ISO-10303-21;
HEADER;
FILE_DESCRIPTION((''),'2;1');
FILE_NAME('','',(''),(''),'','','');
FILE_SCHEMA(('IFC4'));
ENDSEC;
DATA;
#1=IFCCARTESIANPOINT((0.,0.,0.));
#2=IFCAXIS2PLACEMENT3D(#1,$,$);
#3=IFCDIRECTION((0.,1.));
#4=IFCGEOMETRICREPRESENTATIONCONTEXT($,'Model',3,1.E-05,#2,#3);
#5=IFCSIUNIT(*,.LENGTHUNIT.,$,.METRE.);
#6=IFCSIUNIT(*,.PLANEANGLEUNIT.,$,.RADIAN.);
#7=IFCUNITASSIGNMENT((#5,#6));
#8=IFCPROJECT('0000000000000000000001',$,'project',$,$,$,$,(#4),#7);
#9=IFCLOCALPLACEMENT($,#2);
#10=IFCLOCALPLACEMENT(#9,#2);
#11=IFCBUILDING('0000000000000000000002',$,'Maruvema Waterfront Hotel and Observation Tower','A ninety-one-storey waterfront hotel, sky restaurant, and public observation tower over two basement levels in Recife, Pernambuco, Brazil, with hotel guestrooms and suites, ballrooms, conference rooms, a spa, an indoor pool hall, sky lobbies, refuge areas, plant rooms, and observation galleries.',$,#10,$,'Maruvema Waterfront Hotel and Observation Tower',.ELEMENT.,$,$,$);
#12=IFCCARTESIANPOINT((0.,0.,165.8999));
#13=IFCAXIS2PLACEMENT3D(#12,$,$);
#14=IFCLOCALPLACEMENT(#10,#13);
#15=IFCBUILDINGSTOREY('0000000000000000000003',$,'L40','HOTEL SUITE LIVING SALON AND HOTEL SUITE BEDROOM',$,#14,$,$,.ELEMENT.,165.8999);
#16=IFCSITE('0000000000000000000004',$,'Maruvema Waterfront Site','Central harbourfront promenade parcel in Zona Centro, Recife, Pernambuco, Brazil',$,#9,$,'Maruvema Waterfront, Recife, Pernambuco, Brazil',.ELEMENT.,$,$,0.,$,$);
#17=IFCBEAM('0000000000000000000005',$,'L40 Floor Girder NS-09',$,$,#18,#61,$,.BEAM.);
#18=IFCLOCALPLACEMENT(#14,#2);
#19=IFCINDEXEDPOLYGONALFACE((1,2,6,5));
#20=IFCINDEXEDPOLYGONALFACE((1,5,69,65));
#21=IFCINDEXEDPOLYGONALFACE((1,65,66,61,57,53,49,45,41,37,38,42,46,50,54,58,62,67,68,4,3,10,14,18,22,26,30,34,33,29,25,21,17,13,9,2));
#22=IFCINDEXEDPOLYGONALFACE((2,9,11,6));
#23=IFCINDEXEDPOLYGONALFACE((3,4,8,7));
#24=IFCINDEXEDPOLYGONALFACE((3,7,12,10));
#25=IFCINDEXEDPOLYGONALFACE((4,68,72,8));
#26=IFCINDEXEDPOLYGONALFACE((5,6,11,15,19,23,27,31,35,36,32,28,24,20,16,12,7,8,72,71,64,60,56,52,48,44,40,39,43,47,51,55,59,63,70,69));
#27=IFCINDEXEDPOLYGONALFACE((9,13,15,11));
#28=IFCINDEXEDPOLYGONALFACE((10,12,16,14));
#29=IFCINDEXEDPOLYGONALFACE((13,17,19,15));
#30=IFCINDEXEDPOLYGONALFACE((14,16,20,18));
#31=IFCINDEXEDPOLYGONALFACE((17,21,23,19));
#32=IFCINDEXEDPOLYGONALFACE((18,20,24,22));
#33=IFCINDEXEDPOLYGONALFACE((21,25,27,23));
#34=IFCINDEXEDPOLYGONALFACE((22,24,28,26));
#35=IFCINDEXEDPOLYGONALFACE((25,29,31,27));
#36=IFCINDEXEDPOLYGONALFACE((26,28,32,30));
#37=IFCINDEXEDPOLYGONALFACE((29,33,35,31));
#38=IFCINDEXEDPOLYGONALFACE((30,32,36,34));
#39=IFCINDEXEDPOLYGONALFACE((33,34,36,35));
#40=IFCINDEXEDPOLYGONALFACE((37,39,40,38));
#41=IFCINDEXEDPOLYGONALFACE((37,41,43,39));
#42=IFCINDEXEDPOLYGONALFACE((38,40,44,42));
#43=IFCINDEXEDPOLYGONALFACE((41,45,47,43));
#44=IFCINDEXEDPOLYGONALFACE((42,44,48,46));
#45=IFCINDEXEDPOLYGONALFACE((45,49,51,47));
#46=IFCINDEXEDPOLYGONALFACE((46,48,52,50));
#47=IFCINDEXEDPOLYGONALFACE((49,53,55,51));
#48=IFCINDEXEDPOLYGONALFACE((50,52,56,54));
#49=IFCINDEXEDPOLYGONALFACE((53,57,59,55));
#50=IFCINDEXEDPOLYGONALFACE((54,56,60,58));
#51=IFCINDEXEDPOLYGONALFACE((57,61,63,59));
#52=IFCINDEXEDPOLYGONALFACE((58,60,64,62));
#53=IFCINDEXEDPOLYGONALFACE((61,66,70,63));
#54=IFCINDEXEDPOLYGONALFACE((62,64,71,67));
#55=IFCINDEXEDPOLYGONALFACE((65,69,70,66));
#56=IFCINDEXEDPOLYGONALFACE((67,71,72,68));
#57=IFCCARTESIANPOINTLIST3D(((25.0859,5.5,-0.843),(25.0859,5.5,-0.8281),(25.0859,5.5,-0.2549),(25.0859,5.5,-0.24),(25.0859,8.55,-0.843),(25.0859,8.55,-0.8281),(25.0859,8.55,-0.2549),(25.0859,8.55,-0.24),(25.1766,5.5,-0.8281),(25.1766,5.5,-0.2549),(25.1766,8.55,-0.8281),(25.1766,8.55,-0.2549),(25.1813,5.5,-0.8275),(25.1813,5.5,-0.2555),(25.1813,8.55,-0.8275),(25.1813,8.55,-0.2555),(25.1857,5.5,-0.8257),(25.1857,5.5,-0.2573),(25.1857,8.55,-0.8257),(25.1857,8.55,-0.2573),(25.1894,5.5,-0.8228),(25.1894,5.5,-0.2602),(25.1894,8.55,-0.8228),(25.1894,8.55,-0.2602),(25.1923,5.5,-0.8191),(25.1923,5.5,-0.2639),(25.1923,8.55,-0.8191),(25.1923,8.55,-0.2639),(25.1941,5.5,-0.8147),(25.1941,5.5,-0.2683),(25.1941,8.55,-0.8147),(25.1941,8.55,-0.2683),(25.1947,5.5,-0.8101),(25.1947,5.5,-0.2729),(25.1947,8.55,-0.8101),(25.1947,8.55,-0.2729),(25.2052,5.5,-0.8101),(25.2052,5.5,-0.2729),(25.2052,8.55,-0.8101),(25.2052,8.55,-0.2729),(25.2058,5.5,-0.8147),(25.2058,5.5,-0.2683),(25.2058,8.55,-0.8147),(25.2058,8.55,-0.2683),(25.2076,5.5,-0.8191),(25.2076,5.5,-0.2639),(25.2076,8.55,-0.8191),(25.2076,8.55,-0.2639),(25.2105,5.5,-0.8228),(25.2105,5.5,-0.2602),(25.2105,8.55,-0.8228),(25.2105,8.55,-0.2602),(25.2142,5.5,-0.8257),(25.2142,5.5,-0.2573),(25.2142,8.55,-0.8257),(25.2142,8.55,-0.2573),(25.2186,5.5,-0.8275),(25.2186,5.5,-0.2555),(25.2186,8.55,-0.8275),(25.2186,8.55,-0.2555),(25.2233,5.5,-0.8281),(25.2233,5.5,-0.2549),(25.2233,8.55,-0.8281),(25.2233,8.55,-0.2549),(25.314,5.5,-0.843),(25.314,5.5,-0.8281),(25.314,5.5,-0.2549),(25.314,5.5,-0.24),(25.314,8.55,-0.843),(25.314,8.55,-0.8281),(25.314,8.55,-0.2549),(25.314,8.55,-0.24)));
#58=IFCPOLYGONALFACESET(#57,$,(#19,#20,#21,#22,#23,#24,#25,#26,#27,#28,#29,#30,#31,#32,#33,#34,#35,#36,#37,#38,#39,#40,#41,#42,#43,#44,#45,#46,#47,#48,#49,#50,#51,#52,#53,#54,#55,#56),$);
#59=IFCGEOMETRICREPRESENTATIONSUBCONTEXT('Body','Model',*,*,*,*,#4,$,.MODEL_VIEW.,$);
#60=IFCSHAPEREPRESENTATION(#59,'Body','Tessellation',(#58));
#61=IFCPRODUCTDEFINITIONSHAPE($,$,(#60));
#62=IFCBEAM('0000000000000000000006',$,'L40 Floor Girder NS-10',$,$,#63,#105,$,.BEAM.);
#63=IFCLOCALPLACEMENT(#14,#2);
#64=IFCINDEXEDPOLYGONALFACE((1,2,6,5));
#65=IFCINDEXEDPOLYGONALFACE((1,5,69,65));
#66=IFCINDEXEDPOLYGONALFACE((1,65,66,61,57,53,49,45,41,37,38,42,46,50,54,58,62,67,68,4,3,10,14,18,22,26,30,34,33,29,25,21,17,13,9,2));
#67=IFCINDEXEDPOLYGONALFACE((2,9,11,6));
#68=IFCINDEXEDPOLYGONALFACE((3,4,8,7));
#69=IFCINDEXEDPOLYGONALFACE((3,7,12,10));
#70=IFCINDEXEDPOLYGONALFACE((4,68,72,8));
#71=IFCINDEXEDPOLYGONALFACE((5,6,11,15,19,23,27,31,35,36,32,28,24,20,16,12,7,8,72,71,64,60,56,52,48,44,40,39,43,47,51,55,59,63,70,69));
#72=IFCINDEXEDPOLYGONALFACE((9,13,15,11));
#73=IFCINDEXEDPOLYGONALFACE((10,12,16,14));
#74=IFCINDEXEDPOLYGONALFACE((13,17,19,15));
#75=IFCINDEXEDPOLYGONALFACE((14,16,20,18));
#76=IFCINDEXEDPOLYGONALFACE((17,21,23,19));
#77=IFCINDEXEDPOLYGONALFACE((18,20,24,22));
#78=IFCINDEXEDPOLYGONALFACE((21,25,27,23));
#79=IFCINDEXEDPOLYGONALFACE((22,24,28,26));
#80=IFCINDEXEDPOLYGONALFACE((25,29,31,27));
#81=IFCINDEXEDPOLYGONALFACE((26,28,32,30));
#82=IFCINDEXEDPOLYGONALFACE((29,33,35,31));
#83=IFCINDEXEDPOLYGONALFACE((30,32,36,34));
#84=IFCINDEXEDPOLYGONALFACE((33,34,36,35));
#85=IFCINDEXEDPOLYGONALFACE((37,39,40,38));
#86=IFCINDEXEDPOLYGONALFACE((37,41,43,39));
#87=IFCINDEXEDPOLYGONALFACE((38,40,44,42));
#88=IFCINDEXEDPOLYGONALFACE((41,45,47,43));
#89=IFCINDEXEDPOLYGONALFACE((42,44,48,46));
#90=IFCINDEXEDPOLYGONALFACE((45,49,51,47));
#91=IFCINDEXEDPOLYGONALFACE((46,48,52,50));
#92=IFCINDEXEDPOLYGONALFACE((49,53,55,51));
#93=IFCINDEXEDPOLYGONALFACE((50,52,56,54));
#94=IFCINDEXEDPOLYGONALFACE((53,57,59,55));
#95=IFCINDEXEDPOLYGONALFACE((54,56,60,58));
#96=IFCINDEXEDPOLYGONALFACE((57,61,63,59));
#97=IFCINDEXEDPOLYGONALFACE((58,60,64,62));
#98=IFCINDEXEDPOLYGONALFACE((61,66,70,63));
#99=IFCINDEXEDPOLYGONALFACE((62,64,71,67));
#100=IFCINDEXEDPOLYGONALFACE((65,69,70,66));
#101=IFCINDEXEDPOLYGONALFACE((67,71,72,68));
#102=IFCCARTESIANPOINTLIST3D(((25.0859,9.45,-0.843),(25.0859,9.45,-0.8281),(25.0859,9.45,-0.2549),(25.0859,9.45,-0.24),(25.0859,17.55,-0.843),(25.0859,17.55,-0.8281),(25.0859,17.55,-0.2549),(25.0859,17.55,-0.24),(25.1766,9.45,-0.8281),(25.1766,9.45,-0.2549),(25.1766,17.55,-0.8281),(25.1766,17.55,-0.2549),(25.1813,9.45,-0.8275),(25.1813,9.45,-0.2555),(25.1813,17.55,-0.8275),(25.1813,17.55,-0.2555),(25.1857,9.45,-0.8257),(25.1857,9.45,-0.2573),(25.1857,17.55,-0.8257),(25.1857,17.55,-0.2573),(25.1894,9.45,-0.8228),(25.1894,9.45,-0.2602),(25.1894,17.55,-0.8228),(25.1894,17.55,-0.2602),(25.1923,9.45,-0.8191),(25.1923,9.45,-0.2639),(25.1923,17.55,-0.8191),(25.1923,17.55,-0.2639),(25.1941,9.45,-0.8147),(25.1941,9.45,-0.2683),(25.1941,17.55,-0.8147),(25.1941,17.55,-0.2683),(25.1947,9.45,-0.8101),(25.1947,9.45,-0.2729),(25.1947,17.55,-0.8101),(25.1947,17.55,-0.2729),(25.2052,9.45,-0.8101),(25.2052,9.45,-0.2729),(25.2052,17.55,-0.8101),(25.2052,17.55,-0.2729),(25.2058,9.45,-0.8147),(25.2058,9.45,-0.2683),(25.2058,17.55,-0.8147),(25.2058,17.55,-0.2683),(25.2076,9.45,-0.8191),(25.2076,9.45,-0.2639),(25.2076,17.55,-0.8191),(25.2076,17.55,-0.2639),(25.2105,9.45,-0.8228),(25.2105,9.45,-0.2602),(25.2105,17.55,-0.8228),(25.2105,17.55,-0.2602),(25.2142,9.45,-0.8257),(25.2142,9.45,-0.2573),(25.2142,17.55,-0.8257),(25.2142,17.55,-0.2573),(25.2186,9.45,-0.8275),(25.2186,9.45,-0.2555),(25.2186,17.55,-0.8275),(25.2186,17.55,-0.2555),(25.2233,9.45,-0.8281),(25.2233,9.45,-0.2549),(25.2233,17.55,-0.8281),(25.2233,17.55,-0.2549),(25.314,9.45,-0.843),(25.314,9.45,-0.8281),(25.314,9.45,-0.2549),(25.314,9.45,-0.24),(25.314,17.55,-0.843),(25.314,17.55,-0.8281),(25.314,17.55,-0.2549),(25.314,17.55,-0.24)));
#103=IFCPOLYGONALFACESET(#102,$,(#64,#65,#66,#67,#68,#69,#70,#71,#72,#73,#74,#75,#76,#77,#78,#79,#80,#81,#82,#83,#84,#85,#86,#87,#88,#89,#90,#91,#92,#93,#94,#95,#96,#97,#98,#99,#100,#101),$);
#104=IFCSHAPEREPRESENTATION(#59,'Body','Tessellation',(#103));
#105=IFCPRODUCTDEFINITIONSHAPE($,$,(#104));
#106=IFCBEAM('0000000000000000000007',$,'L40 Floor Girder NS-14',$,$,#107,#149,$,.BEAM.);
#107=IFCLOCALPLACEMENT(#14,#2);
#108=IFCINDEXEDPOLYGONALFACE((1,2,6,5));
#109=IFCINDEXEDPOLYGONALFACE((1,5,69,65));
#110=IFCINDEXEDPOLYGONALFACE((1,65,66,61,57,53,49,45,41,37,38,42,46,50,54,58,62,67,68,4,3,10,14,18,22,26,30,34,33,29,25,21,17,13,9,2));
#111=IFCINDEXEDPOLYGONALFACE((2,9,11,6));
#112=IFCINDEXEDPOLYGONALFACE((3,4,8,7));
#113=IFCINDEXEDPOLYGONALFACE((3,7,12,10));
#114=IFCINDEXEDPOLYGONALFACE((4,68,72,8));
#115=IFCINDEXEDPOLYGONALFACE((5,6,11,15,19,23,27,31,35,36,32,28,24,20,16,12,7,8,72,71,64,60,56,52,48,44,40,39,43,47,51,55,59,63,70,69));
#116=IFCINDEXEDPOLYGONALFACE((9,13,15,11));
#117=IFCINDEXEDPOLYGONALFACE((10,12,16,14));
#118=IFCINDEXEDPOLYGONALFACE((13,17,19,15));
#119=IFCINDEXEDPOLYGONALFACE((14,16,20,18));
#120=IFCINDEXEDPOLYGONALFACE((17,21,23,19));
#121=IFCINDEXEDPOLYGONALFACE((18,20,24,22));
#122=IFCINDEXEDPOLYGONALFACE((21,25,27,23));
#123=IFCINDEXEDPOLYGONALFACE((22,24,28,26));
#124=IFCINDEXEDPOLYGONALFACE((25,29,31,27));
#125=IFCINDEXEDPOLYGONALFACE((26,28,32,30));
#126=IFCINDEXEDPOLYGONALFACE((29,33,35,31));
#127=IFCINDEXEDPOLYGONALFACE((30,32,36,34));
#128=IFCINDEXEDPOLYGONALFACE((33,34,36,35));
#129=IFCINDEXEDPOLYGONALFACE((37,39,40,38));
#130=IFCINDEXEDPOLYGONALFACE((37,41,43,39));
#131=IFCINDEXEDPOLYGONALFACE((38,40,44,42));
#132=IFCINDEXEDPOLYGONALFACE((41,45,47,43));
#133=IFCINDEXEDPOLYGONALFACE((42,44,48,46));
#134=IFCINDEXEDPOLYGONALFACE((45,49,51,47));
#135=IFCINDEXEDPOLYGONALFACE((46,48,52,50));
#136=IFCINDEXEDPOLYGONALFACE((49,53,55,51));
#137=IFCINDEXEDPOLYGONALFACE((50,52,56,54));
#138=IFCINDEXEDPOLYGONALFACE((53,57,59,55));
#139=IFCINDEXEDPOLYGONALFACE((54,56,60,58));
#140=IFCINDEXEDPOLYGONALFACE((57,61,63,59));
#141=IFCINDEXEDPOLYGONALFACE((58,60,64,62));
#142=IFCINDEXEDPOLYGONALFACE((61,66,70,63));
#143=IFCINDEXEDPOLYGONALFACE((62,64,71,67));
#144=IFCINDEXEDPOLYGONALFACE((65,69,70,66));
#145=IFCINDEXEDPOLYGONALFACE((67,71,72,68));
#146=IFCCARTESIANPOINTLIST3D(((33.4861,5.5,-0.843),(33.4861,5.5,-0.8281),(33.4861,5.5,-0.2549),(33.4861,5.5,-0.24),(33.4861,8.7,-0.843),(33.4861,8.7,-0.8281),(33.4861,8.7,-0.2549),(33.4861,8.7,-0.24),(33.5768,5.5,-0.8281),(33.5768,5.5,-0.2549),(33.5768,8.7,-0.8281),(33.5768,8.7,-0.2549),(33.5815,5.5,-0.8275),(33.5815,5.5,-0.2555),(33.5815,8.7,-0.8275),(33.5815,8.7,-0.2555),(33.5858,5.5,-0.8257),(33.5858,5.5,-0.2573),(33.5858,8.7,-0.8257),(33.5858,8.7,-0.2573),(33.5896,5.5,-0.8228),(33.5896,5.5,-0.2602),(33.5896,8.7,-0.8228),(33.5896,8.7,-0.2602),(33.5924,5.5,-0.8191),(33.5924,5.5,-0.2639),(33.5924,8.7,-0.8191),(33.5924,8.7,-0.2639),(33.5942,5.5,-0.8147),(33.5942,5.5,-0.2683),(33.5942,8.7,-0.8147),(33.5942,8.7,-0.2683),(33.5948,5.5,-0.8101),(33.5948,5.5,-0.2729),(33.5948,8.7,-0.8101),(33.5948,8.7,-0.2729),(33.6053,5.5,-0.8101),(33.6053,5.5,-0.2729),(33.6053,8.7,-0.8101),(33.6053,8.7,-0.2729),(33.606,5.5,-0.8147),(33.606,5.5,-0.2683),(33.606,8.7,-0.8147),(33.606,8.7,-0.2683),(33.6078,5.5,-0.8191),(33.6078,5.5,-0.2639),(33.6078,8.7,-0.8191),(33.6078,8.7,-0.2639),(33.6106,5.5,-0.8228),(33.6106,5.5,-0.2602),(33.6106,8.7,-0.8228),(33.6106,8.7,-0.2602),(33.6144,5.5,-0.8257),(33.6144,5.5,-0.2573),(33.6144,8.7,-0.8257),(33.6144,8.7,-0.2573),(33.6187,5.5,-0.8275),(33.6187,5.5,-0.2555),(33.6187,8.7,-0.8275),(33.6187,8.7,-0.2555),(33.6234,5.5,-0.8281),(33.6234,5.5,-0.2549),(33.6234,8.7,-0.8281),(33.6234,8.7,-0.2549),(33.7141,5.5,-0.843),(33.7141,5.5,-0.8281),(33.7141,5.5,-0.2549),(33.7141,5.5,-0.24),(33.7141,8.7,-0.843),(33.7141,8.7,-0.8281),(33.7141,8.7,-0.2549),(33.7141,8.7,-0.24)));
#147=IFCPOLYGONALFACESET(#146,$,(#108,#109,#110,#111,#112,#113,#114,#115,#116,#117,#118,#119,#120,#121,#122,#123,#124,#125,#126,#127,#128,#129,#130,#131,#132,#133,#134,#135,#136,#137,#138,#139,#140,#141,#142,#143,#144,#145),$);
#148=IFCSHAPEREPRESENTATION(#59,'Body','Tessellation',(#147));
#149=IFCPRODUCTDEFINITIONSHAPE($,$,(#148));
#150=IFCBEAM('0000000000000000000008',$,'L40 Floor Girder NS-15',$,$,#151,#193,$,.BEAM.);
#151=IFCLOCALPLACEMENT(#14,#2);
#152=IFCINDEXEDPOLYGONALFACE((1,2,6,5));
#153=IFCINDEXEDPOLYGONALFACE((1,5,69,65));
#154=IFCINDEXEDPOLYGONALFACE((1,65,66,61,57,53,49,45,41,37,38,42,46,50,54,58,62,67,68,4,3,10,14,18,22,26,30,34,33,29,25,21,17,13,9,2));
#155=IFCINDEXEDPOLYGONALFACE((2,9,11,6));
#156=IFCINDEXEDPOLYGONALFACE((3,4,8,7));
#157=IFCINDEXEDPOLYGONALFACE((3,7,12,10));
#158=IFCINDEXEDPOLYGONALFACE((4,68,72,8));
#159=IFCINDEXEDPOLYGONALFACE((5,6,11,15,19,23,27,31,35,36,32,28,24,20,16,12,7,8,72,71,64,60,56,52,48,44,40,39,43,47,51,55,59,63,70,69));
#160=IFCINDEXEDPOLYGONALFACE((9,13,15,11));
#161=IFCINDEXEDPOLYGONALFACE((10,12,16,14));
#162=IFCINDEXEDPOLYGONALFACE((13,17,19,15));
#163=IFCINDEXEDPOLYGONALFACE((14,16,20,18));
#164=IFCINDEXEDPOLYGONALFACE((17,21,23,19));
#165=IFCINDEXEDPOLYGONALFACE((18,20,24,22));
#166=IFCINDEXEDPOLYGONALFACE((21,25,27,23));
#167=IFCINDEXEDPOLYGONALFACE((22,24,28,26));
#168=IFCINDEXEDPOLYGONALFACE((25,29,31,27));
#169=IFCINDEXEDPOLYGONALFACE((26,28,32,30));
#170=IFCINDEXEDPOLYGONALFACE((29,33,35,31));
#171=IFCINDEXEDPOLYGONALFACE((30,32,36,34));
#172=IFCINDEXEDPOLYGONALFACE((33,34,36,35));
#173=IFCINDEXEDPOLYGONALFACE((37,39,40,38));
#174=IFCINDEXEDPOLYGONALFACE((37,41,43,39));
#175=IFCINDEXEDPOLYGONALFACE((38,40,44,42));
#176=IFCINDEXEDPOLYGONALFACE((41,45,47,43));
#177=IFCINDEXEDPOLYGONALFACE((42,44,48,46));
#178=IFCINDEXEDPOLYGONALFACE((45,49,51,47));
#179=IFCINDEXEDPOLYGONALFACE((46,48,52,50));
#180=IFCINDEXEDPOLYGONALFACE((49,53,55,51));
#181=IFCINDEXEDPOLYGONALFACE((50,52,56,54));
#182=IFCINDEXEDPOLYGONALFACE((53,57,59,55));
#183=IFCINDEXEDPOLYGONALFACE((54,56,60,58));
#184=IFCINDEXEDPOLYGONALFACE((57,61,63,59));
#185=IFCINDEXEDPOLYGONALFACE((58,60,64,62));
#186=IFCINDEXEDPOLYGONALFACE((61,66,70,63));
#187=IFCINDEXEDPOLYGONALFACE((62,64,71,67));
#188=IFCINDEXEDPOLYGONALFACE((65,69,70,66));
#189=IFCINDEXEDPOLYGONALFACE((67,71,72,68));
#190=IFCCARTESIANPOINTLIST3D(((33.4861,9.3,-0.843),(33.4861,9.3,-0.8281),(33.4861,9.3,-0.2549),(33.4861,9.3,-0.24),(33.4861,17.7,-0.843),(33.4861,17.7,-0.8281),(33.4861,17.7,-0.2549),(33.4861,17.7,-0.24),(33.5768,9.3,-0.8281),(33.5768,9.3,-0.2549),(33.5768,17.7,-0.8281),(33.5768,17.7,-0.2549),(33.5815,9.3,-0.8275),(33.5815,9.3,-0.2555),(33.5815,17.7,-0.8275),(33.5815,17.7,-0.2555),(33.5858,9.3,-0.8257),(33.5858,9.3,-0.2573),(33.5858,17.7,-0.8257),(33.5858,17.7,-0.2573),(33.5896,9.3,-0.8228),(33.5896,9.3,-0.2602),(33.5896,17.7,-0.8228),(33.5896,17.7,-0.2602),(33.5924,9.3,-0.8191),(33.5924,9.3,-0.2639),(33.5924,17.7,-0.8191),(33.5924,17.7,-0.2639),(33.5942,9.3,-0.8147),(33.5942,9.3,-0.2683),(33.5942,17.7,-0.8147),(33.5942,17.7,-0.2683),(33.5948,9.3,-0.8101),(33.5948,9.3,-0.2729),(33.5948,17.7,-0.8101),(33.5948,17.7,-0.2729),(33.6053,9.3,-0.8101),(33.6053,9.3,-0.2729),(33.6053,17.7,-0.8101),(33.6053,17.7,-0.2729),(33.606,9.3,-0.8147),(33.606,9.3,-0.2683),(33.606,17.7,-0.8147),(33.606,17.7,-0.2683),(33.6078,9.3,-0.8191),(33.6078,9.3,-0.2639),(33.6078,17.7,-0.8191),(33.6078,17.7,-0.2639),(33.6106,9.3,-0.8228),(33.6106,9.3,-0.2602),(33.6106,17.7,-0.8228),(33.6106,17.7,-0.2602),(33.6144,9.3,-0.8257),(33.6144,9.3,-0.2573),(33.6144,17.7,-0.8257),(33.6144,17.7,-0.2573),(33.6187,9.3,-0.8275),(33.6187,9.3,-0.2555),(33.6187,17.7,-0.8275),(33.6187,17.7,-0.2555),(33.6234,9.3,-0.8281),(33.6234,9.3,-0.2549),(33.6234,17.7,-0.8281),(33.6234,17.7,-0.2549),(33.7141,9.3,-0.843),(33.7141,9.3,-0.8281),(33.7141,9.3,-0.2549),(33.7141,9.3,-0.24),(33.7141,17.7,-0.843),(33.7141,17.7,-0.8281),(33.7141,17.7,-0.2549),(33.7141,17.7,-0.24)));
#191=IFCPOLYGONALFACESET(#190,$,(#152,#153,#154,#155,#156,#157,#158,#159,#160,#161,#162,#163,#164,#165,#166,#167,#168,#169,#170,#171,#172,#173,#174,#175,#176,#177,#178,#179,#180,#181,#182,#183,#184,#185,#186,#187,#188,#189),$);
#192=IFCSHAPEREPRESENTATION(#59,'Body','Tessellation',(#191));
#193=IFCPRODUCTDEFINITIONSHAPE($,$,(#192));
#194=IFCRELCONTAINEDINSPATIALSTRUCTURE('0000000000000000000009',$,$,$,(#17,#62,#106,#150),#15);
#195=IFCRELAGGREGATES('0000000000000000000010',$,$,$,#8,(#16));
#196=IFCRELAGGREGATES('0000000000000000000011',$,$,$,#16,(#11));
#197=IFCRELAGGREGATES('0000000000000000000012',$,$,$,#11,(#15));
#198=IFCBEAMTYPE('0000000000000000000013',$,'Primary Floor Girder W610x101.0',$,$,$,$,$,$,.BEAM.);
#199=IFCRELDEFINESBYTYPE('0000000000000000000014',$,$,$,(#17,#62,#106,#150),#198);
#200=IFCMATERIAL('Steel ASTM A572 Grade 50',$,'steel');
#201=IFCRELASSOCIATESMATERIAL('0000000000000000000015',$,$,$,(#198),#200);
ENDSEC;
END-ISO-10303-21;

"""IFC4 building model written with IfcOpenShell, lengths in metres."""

from ifc_helpers import new_model, si_unit, direction, frame, origin, origin_2d, place, context, subcontext, project, spatial, i_section, extrude, material, material_profile, profile_set, type_object, element, save


model = new_model("IFC4")

# Units and contexts
model_context = context("Model", 3, precision=1e-05, world=origin(), true_north=direction((0.0, 1.0)))
body_context = subcontext(model_context, "Body", "Model", "MODEL_VIEW")
ifc_project = project(units=[si_unit("LENGTHUNIT", "METRE"), si_unit("PLANEANGLEUNIT", "RADIAN")], contexts=[model_context])

# Site, building, storey
site_placement = place(None, origin())
site = spatial("IfcSite", under=ifc_project, at=site_placement, Name="Maruvema Waterfront Site", Description="Central harbourfront promenade parcel in Zona Centro, Recife, Pernambuco, Brazil", LongName="Maruvema Waterfront, Recife, Pernambuco, Brazil", CompositionType="ELEMENT", RefElevation=0.0)
building_placement = place(site_placement, origin())
building = spatial("IfcBuilding", under=site, at=building_placement, Name="Maruvema Waterfront Hotel and Observation Tower", Description="A ninety-one-storey waterfront hotel, sky restaurant, and public observation tower over two basement levels in Recife, Pernambuco, Brazil, with hotel guestrooms and suites, ballrooms, conference rooms, a spa, an indoor pool hall, sky lobbies, refuge areas, plant rooms, and observation galleries.", LongName="Maruvema Waterfront Hotel and Observation Tower", CompositionType="ELEMENT")
storey_placement = place(building_placement, frame((0.0, 0.0, 165.8999)))
storey = spatial("IfcBuildingStorey", under=building, at=storey_placement, Name="L40", Description="HOTEL SUITE LIVING SALON AND HOTEL SUITE BEDROOM", CompositionType="ELEMENT", Elevation=165.8999)

# Beams
ifc_material_1 = material(Name="Steel ASTM A572 Grade 50", Category="steel")
ifc_material_profile_1 = material_profile(ifc_material_1, i_section(OverallWidth=0.228, OverallDepth=0.603, WebThickness=0.0105, FlangeThickness=0.0149, FilletRadius=0.0181, at=origin_2d()), Name="W610x101.0")
ifc_profile_set_1 = profile_set([ifc_material_profile_1], Name="Steel ASTM A572 Grade 50")
beam_type_1 = type_object("IfcBeamType", Name="Primary Floor Girder W610x101.0", PredefinedType="BEAM", material=ifc_profile_set_1)
beam_1_placement = place(storey_placement, frame((25.2, 5.5, -0.5415), z_axis=(0.0, 1.0, 0.0), x_axis=(-1.0, 0.0, 0.0)))
element("IfcBeam", 1, at=beam_1_placement, inside=storey, type_object=beam_type_1, Name="L40 Floor Girder NS-09", PredefinedType="BEAM", context=body_context, shape_type="SweptSolid", body=[
    extrude(i_section(OverallWidth=0.228, OverallDepth=0.603, WebThickness=0.0105, FlangeThickness=0.0149, FilletRadius=0.0181, at=origin_2d()), origin(), (0.0, 0.0, 1.0), 3.05),
])
beam_2_placement = place(storey_placement, frame((25.2, 9.45, -0.5415), z_axis=(0.0, 1.0, 0.0), x_axis=(-1.0, 0.0, 0.0)))
element("IfcBeam", 2, at=beam_2_placement, inside=storey, type_object=beam_type_1, Name="L40 Floor Girder NS-10", PredefinedType="BEAM", context=body_context, shape_type="SweptSolid", body=[
    extrude(i_section(OverallWidth=0.228, OverallDepth=0.603, WebThickness=0.0105, FlangeThickness=0.0149, FilletRadius=0.0181, at=origin_2d()), origin(), (0.0, 0.0, 1.0), 8.1001),
])
beam_3_placement = place(storey_placement, frame((33.6001, 5.5, -0.5415), z_axis=(0.0, 1.0, 0.0), x_axis=(-1.0, 0.0, 0.0)))
element("IfcBeam", 3, at=beam_3_placement, inside=storey, type_object=beam_type_1, Name="L40 Floor Girder NS-14", PredefinedType="BEAM", context=body_context, shape_type="SweptSolid", body=[
    extrude(i_section(OverallWidth=0.228, OverallDepth=0.603, WebThickness=0.0105, FlangeThickness=0.0149, FilletRadius=0.0181, at=origin_2d()), origin(), (0.0, 0.0, 1.0), 3.2),
])
beam_4_placement = place(storey_placement, frame((33.6001, 9.3, -0.5415), z_axis=(0.0, 1.0, 0.0), x_axis=(-1.0, 0.0, 0.0)))
element("IfcBeam", 4, at=beam_4_placement, inside=storey, type_object=beam_type_1, Name="L40 Floor Girder NS-15", PredefinedType="BEAM", context=body_context, shape_type="SweptSolid", body=[
    extrude(i_section(OverallWidth=0.228, OverallDepth=0.603, WebThickness=0.0105, FlangeThickness=0.0149, FilletRadius=0.0181, at=origin_2d()), origin(), (0.0, 0.0, 1.0), 8.3999),
])

save(model, "model.ifc")
